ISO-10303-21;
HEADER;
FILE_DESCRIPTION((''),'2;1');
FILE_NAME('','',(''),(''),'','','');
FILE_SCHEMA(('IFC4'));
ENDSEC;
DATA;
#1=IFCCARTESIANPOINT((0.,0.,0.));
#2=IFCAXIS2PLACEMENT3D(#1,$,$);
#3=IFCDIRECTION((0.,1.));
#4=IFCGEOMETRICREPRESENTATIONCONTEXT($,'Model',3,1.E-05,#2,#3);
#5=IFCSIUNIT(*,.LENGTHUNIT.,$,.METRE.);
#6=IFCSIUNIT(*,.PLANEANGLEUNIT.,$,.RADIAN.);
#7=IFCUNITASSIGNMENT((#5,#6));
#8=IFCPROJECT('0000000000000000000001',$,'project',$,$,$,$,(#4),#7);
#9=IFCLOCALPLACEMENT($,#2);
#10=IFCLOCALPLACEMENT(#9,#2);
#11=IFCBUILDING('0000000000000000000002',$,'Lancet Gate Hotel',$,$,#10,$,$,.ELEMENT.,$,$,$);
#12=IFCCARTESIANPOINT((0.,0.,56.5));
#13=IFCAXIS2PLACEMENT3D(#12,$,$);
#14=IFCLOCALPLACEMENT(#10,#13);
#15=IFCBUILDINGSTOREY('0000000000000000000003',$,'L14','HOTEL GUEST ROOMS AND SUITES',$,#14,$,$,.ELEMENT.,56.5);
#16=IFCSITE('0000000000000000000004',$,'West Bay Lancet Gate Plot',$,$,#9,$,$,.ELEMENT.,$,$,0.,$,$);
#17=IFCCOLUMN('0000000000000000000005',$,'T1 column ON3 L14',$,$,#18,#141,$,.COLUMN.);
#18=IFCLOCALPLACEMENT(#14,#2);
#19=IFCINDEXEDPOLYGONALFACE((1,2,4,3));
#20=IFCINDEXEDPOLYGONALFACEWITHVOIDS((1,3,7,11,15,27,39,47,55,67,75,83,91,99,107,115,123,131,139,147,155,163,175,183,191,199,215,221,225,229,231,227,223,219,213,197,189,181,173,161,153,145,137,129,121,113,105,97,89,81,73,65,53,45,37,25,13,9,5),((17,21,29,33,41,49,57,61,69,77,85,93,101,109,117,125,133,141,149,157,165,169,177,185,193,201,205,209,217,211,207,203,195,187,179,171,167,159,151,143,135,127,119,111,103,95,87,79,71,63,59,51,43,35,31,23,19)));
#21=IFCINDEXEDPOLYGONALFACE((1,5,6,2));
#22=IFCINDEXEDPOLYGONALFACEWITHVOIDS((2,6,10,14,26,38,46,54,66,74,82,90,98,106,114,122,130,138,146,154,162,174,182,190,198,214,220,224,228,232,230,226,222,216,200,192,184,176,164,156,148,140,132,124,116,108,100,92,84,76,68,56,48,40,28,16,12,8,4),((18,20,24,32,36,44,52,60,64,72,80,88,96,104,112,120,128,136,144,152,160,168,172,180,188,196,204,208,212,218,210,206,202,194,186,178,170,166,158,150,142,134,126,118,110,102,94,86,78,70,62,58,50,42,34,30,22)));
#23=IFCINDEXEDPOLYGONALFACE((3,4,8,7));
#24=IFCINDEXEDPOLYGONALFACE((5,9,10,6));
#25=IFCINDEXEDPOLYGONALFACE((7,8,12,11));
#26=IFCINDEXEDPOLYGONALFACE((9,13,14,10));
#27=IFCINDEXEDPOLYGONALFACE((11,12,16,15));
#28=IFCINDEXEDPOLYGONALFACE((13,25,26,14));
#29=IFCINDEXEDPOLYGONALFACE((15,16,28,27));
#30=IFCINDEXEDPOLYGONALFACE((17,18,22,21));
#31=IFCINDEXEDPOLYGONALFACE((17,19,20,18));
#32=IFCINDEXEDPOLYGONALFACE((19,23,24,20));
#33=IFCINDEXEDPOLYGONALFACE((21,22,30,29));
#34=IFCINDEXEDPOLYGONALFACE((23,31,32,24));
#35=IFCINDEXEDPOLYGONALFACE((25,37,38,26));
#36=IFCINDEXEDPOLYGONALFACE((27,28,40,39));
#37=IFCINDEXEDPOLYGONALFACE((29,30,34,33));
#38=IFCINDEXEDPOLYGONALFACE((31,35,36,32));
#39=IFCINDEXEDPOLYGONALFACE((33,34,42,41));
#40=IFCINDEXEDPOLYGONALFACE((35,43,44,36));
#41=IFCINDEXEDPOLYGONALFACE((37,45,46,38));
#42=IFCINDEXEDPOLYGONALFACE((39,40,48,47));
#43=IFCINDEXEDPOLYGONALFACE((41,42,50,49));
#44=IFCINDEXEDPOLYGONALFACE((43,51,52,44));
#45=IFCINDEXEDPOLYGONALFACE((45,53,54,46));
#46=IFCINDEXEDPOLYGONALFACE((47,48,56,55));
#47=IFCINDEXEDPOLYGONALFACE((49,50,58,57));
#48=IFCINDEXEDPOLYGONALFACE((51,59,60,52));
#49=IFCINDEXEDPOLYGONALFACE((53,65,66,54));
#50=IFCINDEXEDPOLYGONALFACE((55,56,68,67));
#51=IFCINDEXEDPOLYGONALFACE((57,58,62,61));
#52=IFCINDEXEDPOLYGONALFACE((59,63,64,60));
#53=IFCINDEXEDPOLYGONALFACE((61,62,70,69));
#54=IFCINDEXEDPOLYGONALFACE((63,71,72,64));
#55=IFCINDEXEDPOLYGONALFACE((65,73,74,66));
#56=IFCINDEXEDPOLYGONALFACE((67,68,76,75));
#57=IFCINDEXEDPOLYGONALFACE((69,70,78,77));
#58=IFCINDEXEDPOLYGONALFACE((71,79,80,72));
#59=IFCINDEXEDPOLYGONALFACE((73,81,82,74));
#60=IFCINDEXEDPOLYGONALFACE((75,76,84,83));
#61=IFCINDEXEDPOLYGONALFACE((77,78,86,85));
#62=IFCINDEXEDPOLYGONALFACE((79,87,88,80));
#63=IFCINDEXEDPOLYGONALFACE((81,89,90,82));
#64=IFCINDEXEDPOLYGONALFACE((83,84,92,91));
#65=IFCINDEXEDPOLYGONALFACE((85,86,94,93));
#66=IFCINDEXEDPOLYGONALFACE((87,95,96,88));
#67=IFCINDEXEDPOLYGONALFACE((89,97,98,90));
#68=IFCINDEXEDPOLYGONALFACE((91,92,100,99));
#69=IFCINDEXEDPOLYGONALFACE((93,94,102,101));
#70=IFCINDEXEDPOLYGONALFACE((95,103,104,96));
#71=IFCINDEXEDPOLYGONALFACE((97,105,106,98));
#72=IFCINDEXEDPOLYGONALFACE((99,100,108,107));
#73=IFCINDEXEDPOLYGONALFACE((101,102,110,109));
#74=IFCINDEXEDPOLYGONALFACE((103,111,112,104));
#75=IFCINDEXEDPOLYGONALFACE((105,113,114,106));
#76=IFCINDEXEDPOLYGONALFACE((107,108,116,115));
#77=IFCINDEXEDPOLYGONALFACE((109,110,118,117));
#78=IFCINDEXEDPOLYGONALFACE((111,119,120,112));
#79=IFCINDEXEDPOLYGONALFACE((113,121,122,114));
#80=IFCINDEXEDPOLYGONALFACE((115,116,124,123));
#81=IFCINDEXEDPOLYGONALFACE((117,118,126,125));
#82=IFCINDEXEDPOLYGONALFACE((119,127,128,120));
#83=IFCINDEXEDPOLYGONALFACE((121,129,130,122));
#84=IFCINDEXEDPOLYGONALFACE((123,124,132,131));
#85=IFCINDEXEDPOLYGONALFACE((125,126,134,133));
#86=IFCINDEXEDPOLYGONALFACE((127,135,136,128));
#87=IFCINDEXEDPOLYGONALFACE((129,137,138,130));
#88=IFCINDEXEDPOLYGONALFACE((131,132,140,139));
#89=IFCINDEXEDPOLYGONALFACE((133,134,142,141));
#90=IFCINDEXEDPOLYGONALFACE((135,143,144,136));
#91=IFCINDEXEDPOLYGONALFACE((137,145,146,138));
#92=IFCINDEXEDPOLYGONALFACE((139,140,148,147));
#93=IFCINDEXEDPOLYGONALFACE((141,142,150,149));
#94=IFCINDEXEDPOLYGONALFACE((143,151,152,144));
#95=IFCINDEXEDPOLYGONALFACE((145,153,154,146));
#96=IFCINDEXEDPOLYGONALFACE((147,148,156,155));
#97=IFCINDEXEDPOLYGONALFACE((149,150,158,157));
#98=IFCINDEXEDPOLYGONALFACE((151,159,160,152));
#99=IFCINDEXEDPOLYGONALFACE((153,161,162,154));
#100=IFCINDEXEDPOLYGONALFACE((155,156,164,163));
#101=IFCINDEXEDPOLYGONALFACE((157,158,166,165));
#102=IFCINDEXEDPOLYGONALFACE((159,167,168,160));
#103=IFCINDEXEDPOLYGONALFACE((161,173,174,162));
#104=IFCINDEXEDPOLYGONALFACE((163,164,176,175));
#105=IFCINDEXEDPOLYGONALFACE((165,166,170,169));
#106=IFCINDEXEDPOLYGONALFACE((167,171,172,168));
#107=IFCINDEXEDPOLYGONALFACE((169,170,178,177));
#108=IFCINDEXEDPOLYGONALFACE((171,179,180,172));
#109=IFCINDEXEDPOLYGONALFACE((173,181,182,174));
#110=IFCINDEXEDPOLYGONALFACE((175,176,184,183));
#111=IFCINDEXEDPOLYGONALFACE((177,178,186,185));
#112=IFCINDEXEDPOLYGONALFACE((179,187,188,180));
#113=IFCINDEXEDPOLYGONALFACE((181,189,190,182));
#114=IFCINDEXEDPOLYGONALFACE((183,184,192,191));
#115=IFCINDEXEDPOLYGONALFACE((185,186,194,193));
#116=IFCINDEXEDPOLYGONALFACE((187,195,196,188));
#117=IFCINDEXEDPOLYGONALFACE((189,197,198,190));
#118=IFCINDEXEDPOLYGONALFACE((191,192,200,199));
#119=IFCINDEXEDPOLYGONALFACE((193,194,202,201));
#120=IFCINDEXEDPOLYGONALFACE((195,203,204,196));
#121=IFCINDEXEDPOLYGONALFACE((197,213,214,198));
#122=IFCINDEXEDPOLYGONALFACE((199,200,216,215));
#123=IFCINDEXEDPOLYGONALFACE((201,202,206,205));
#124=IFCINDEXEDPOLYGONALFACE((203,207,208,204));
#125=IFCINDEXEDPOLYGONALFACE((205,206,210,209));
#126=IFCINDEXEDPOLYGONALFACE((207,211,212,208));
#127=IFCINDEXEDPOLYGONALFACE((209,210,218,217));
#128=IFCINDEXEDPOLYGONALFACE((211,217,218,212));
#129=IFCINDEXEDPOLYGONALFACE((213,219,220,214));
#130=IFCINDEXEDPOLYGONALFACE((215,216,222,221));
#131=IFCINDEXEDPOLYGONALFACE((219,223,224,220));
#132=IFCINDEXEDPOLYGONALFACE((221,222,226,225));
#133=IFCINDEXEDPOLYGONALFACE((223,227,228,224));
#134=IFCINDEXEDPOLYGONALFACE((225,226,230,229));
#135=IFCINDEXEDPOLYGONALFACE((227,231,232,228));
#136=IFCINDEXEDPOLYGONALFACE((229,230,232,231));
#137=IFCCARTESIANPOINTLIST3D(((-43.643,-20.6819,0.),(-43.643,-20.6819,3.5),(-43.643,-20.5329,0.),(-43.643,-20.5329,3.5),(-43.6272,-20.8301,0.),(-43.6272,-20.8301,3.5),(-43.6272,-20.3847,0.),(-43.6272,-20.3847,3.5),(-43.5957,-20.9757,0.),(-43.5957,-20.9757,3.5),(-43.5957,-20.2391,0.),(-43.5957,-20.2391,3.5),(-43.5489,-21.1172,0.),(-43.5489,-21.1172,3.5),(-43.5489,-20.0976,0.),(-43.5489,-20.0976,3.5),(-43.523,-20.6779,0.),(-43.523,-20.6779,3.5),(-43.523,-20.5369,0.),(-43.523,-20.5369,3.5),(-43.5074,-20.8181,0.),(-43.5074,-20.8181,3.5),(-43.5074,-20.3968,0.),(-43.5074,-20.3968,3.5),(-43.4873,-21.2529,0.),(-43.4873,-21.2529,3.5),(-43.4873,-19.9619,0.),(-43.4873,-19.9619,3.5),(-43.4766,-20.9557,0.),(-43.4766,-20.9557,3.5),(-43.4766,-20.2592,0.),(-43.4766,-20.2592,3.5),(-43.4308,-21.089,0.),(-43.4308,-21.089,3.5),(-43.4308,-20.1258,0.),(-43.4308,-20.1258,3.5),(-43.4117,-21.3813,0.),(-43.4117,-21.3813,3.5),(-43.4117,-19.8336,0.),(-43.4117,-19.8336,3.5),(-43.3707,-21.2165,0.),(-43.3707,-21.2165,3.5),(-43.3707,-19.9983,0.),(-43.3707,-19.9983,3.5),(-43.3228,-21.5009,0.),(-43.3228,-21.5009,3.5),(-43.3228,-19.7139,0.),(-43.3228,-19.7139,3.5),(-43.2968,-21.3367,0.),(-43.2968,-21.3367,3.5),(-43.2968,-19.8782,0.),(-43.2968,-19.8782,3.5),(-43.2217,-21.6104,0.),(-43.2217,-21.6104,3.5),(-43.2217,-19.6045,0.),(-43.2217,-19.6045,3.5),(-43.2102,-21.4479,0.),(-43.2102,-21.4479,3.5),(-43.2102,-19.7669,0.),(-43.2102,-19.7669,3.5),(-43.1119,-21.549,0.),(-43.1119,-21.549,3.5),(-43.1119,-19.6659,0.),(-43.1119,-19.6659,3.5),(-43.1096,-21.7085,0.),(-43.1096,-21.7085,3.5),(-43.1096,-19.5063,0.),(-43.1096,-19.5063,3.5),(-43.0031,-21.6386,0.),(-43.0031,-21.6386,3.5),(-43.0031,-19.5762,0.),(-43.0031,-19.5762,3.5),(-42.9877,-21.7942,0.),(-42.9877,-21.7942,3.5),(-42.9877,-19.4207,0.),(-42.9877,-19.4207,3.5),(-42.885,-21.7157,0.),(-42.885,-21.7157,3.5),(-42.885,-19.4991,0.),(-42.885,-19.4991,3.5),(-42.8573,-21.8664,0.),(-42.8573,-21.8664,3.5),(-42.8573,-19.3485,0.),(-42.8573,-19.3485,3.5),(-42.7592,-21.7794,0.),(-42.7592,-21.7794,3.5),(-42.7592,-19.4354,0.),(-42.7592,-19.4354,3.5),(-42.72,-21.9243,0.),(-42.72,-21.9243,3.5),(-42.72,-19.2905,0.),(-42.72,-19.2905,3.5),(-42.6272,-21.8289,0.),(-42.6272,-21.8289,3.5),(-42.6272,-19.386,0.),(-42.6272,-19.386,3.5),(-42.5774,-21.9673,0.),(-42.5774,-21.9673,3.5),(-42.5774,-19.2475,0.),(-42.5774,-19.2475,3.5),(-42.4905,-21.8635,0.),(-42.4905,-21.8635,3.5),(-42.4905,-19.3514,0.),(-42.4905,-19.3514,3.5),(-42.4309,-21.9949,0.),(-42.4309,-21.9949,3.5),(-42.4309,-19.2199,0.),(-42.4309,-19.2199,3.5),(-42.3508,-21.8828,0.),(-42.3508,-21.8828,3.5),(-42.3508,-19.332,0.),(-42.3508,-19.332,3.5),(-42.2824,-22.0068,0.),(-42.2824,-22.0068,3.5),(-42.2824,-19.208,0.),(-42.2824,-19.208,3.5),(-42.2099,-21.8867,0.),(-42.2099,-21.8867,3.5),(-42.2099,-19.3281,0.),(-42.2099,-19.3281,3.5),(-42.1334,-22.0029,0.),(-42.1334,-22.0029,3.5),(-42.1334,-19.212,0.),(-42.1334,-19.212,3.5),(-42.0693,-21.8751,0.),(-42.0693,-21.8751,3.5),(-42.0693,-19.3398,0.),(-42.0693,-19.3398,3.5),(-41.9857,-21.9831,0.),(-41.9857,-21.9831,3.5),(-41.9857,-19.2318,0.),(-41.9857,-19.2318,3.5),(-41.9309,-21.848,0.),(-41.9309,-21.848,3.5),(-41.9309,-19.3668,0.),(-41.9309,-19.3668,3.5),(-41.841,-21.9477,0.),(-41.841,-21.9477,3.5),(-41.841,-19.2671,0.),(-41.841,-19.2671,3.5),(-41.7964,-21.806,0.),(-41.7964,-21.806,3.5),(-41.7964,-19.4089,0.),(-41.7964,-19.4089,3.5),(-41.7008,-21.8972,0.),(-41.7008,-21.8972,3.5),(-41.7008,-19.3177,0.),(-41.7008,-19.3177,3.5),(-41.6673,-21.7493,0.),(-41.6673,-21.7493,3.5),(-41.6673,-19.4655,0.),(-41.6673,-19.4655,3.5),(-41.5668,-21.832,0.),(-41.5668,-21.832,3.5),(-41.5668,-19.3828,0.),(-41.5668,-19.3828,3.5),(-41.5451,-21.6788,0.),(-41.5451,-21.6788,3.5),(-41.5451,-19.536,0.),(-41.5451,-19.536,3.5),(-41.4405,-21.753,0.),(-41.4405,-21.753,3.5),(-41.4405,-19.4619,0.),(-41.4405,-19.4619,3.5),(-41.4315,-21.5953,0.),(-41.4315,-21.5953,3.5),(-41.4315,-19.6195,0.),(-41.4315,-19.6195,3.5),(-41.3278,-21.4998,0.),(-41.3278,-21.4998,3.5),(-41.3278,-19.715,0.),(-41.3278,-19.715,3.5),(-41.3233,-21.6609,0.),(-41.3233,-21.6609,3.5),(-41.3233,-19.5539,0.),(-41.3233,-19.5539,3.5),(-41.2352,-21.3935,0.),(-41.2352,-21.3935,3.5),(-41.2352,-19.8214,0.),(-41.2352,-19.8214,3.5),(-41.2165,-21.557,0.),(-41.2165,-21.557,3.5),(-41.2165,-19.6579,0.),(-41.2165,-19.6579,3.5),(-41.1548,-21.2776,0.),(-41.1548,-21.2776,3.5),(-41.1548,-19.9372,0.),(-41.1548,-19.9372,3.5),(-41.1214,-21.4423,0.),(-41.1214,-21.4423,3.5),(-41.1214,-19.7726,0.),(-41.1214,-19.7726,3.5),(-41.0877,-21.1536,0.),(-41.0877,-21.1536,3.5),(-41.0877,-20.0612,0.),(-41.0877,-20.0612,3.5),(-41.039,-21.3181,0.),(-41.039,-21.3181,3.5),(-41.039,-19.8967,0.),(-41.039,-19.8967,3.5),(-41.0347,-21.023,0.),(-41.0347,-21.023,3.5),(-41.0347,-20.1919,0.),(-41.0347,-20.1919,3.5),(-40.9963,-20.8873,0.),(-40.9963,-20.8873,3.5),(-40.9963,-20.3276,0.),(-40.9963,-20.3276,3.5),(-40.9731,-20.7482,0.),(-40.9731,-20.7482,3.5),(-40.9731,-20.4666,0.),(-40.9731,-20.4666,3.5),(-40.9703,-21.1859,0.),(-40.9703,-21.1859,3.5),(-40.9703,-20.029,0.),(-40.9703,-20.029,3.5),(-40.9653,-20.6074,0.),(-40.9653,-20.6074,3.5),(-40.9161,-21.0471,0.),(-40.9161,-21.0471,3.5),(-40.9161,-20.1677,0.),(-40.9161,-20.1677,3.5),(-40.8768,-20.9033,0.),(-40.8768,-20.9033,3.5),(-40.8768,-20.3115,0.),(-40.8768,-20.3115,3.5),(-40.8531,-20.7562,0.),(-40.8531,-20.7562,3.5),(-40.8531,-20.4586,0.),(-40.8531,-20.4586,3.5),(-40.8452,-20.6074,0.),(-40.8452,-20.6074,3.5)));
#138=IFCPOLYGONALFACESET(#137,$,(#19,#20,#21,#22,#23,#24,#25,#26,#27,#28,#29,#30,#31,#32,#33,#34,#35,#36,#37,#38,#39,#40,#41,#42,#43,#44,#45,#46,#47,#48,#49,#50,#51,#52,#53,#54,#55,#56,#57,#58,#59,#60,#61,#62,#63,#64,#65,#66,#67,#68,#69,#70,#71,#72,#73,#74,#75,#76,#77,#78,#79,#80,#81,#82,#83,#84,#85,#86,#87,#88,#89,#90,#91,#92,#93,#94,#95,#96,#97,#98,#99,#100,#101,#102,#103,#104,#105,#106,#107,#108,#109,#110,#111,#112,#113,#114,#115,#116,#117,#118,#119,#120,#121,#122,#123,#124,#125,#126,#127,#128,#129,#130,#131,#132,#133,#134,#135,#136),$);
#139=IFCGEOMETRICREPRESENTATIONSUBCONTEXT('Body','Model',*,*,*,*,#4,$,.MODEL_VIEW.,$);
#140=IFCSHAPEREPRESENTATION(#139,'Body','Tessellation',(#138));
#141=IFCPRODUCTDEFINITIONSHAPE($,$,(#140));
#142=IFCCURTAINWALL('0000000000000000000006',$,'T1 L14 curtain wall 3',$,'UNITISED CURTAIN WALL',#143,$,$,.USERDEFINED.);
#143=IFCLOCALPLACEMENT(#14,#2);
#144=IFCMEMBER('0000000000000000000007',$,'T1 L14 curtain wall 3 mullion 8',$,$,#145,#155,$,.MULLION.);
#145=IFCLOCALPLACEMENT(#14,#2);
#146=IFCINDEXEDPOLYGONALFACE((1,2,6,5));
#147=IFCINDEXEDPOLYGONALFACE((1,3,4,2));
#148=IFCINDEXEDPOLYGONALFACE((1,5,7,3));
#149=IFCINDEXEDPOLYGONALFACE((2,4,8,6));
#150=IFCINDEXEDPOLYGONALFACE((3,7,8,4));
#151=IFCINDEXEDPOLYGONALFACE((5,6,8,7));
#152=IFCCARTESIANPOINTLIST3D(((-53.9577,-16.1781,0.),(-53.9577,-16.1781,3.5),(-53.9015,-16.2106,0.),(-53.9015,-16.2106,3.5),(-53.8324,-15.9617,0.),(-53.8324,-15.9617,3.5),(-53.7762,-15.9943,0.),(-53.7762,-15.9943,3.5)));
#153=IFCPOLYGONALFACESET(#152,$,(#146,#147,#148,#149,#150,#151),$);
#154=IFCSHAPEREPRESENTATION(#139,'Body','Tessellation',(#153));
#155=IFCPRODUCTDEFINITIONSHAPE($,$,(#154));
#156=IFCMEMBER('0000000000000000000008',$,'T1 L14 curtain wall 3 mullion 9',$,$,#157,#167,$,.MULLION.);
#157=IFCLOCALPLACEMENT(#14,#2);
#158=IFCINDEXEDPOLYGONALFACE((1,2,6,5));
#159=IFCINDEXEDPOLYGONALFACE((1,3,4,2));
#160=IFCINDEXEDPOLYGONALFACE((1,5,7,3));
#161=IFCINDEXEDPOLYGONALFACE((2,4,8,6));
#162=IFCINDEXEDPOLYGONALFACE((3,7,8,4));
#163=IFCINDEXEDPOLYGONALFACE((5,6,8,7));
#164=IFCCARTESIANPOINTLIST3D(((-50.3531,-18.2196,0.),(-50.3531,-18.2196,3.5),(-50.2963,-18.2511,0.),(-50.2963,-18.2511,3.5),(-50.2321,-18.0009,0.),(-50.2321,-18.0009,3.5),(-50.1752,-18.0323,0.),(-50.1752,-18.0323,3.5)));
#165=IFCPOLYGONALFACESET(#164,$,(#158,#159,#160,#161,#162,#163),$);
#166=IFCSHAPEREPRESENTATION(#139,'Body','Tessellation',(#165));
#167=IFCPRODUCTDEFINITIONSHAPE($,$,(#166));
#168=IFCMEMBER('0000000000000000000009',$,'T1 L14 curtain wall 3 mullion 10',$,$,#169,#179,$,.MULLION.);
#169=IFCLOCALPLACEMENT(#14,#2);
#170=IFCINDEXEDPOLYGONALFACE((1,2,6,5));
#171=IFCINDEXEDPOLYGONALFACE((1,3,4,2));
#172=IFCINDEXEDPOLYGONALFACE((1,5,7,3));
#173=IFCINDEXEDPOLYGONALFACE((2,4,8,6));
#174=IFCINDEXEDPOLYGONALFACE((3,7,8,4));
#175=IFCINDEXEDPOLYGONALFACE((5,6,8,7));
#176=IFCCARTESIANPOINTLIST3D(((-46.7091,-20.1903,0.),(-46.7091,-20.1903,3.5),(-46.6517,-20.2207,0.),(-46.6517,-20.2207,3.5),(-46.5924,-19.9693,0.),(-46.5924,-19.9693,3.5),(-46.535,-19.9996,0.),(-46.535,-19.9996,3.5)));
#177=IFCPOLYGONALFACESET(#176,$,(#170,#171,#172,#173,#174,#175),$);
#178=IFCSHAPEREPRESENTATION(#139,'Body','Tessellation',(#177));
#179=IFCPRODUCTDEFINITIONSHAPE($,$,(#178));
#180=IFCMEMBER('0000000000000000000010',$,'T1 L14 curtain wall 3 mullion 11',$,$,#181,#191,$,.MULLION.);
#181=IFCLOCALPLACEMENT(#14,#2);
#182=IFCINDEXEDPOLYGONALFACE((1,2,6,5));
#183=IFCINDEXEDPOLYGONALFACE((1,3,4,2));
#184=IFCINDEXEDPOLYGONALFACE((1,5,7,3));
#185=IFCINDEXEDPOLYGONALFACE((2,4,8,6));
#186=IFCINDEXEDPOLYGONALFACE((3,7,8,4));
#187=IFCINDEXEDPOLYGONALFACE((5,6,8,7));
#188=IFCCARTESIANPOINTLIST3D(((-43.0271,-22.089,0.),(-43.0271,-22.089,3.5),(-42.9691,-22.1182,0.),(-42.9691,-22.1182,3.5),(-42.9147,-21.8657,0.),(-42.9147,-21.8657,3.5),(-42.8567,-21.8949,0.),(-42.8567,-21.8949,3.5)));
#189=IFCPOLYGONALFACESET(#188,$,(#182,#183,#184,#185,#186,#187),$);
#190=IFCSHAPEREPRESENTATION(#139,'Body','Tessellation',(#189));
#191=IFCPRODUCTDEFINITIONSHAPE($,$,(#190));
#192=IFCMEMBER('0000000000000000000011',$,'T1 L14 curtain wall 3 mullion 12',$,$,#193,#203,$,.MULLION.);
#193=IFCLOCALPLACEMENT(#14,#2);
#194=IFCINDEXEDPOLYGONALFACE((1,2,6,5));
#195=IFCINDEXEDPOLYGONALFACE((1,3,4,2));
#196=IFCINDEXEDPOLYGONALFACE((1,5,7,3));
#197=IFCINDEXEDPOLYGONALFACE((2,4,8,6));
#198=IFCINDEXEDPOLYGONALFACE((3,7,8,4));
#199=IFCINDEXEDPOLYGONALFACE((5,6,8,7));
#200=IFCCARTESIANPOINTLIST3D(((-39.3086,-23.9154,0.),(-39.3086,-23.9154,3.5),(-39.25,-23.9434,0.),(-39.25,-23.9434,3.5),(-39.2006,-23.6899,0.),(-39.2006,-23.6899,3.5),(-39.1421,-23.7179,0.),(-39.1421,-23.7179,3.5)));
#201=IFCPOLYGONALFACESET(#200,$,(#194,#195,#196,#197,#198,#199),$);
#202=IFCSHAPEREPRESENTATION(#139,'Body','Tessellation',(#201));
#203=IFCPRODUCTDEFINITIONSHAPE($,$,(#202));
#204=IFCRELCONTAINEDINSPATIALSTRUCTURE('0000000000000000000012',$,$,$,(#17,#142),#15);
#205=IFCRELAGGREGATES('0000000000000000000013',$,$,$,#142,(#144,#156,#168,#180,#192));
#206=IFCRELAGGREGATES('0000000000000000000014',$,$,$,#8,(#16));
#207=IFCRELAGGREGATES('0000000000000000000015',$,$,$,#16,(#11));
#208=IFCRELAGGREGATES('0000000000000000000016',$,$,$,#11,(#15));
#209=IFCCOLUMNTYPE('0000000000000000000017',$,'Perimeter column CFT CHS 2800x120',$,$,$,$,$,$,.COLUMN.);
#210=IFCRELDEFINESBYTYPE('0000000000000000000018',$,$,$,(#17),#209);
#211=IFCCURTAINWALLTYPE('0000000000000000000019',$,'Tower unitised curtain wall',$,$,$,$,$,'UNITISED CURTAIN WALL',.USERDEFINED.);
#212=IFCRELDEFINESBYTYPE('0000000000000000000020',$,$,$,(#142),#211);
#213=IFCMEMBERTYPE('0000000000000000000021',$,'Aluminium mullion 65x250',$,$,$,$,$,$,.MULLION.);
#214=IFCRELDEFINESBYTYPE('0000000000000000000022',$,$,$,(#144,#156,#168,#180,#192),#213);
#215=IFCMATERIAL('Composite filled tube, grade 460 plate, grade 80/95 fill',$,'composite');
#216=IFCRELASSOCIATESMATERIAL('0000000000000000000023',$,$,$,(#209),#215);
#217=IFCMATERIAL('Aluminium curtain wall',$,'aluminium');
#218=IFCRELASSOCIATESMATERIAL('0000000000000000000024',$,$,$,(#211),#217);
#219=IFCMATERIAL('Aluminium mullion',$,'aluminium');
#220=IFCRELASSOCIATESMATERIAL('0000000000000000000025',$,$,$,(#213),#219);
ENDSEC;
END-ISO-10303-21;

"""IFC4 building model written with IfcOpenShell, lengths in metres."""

from ifc_helpers import new_model, si_unit, direction, frame, origin, origin_2d, place, context, subcontext, project, spatial, rectangle, hollow_circle, extrude, material, material_profile, profile_set, type_object, element, aggregate, save


model = new_model("IFC4")

# Units and contexts
model_context = context("Model", 3, precision=1e-05, world=origin(), true_north=direction((0.0, 1.0)))
body_context = subcontext(model_context, "Body", "Model", "MODEL_VIEW")
ifc_project = project(units=[si_unit("LENGTHUNIT", "METRE"), si_unit("PLANEANGLEUNIT", "RADIAN")], contexts=[model_context])

# Site, building, storey
site_placement = place(None, origin())
site = spatial("IfcSite", under=ifc_project, at=site_placement, Name="West Bay Lancet Gate Plot", CompositionType="ELEMENT", RefElevation=0.0)
building_placement = place(site_placement, origin())
building = spatial("IfcBuilding", under=site, at=building_placement, Name="Lancet Gate Hotel", CompositionType="ELEMENT")
storey_placement = place(building_placement, frame((0.0, 0.0, 56.5)))
storey = spatial("IfcBuildingStorey", under=building, at=storey_placement, Name="L14", Description="HOTEL GUEST ROOMS AND SUITES", CompositionType="ELEMENT", Elevation=56.5)

# Column
ifc_material_1 = material(Name="Composite filled tube, grade 460 plate, grade 80/95 fill", Category="composite")
ifc_material_profile_1 = material_profile(ifc_material_1, hollow_circle(Radius=1.3999, WallThickness=0.1201, at=origin_2d()), Name="CHS 2800x120")
ifc_profile_set_1 = profile_set([ifc_material_profile_1], Name="Composite filled tube, grade 460 plate, grade 80/95 fill")
column_type = type_object("IfcColumnType", Name="Perimeter column CFT CHS 2800x120", PredefinedType="COLUMN", material=ifc_profile_set_1)
for number, where, z_axis, x_axis, name in (
    (1, (-42.2451, -20.6074, 0.0), (0.0, 0.0, 1.0), (1.0, 0.0, 0.0), "T1 column ON3 L14"),
):
    element("IfcColumn", number, at=place(storey_placement, frame(where, z_axis=z_axis, x_axis=x_axis)), inside=storey, type_object=column_type, Name=name, PredefinedType="COLUMN", context=body_context, shape_type="SweptSolid", body=[
        extrude(hollow_circle(Radius=1.3999, WallThickness=0.1201, at=origin_2d()), origin(), (0.0, 0.0, 1.0), 3.5),
    ])

# Curtain wall, members
ifc_material_2 = material(Name="Aluminium curtain wall", Category="aluminium")
curtain_wall_type = type_object("IfcCurtainWallType", Name="Tower unitised curtain wall", ElementType="UNITISED CURTAIN WALL", PredefinedType="USERDEFINED", material=ifc_material_2)
curtain_wall_placement = place(storey_placement, origin())
curtain_wall = element("IfcCurtainWall", 2, at=curtain_wall_placement, inside=storey, type_object=curtain_wall_type, Name="T1 L14 curtain wall 3", ObjectType="UNITISED CURTAIN WALL", PredefinedType="USERDEFINED")
ifc_material_3 = material(Name="Aluminium mullion", Category="aluminium")
ifc_material_profile_2 = material_profile(ifc_material_3, rectangle(XDim=0.0649, YDim=0.25, at=origin_2d()), Name="MULLION 65x250")
ifc_profile_set_2 = profile_set([ifc_material_profile_2], Name="Aluminium mullion")
member_type_1 = type_object("IfcMemberType", Name="Aluminium mullion 65x250", PredefinedType="MULLION", material=ifc_profile_set_2)
member_1_placement = place(storey_placement, frame((-53.8669, -16.0862, 0.0), z_axis=(0.0, 0.0, 1.0), x_axis=(0.865335, -0.501194, 0.0)))
member_1 = element("IfcMember", 3, at=member_1_placement, type_object=member_type_1, Name="T1 L14 curtain wall 3 mullion 8", PredefinedType="MULLION", context=body_context, shape_type="SweptSolid", body=[
    extrude(rectangle(XDim=0.0649, YDim=0.25, at=origin_2d()), origin(), (0.0, 0.0, 1.0), 3.5),
])
member_2_placement = place(storey_placement, frame((-50.2642, -18.126, 0.0), z_axis=(0.0, 0.0, 1.0), x_axis=(0.874991, -0.484139, 0.0)))
member_2 = element("IfcMember", 4, at=member_2_placement, type_object=member_type_1, Name="T1 L14 curtain wall 3 mullion 9", PredefinedType="MULLION", context=body_context, shape_type="SweptSolid", body=[
    extrude(rectangle(XDim=0.0649, YDim=0.25, at=origin_2d()), origin(), (0.0, 0.0, 1.0), 3.5),
])
member_3_placement = place(storey_placement, frame((-46.6221, -20.095, 0.0), z_axis=(0.0, 0.0, 1.0), x_axis=(0.884311, -0.466898, 0.0)))
member_3 = element("IfcMember", 5, at=member_3_placement, type_object=member_type_1, Name="T1 L14 curtain wall 3 mullion 10", PredefinedType="MULLION", context=body_context, shape_type="SweptSolid", body=[
    extrude(rectangle(XDim=0.0649, YDim=0.25, at=origin_2d()), origin(), (0.0, 0.0, 1.0), 3.5),
])
member_4_placement = place(storey_placement, frame((-42.9419, -21.9919, 0.0), z_axis=(0.0, 0.0, 1.0), x_axis=(0.893292, -0.449478, 0.0)))
member_4 = element("IfcMember", 6, at=member_4_placement, type_object=member_type_1, Name="T1 L14 curtain wall 3 mullion 11", PredefinedType="MULLION", context=body_context, shape_type="SweptSolid", body=[
    extrude(rectangle(XDim=0.0649, YDim=0.25, at=origin_2d()), origin(), (0.0, 0.0, 1.0), 3.5),
])
member_5_placement = place(storey_placement, frame((-39.2253, -23.8167, 0.0), z_axis=(0.0, 0.0, 1.0), x_axis=(0.901929, -0.431885, 0.0)))
member_5 = element("IfcMember", 7, at=member_5_placement, type_object=member_type_1, Name="T1 L14 curtain wall 3 mullion 12", PredefinedType="MULLION", context=body_context, shape_type="SweptSolid", body=[
    extrude(rectangle(XDim=0.0649, YDim=0.25, at=origin_2d()), origin(), (0.0, 0.0, 1.0), 3.5),
])

aggregate(curtain_wall, [member_1, member_2, member_3, member_4, member_5])

save(model, "model.ifc")
